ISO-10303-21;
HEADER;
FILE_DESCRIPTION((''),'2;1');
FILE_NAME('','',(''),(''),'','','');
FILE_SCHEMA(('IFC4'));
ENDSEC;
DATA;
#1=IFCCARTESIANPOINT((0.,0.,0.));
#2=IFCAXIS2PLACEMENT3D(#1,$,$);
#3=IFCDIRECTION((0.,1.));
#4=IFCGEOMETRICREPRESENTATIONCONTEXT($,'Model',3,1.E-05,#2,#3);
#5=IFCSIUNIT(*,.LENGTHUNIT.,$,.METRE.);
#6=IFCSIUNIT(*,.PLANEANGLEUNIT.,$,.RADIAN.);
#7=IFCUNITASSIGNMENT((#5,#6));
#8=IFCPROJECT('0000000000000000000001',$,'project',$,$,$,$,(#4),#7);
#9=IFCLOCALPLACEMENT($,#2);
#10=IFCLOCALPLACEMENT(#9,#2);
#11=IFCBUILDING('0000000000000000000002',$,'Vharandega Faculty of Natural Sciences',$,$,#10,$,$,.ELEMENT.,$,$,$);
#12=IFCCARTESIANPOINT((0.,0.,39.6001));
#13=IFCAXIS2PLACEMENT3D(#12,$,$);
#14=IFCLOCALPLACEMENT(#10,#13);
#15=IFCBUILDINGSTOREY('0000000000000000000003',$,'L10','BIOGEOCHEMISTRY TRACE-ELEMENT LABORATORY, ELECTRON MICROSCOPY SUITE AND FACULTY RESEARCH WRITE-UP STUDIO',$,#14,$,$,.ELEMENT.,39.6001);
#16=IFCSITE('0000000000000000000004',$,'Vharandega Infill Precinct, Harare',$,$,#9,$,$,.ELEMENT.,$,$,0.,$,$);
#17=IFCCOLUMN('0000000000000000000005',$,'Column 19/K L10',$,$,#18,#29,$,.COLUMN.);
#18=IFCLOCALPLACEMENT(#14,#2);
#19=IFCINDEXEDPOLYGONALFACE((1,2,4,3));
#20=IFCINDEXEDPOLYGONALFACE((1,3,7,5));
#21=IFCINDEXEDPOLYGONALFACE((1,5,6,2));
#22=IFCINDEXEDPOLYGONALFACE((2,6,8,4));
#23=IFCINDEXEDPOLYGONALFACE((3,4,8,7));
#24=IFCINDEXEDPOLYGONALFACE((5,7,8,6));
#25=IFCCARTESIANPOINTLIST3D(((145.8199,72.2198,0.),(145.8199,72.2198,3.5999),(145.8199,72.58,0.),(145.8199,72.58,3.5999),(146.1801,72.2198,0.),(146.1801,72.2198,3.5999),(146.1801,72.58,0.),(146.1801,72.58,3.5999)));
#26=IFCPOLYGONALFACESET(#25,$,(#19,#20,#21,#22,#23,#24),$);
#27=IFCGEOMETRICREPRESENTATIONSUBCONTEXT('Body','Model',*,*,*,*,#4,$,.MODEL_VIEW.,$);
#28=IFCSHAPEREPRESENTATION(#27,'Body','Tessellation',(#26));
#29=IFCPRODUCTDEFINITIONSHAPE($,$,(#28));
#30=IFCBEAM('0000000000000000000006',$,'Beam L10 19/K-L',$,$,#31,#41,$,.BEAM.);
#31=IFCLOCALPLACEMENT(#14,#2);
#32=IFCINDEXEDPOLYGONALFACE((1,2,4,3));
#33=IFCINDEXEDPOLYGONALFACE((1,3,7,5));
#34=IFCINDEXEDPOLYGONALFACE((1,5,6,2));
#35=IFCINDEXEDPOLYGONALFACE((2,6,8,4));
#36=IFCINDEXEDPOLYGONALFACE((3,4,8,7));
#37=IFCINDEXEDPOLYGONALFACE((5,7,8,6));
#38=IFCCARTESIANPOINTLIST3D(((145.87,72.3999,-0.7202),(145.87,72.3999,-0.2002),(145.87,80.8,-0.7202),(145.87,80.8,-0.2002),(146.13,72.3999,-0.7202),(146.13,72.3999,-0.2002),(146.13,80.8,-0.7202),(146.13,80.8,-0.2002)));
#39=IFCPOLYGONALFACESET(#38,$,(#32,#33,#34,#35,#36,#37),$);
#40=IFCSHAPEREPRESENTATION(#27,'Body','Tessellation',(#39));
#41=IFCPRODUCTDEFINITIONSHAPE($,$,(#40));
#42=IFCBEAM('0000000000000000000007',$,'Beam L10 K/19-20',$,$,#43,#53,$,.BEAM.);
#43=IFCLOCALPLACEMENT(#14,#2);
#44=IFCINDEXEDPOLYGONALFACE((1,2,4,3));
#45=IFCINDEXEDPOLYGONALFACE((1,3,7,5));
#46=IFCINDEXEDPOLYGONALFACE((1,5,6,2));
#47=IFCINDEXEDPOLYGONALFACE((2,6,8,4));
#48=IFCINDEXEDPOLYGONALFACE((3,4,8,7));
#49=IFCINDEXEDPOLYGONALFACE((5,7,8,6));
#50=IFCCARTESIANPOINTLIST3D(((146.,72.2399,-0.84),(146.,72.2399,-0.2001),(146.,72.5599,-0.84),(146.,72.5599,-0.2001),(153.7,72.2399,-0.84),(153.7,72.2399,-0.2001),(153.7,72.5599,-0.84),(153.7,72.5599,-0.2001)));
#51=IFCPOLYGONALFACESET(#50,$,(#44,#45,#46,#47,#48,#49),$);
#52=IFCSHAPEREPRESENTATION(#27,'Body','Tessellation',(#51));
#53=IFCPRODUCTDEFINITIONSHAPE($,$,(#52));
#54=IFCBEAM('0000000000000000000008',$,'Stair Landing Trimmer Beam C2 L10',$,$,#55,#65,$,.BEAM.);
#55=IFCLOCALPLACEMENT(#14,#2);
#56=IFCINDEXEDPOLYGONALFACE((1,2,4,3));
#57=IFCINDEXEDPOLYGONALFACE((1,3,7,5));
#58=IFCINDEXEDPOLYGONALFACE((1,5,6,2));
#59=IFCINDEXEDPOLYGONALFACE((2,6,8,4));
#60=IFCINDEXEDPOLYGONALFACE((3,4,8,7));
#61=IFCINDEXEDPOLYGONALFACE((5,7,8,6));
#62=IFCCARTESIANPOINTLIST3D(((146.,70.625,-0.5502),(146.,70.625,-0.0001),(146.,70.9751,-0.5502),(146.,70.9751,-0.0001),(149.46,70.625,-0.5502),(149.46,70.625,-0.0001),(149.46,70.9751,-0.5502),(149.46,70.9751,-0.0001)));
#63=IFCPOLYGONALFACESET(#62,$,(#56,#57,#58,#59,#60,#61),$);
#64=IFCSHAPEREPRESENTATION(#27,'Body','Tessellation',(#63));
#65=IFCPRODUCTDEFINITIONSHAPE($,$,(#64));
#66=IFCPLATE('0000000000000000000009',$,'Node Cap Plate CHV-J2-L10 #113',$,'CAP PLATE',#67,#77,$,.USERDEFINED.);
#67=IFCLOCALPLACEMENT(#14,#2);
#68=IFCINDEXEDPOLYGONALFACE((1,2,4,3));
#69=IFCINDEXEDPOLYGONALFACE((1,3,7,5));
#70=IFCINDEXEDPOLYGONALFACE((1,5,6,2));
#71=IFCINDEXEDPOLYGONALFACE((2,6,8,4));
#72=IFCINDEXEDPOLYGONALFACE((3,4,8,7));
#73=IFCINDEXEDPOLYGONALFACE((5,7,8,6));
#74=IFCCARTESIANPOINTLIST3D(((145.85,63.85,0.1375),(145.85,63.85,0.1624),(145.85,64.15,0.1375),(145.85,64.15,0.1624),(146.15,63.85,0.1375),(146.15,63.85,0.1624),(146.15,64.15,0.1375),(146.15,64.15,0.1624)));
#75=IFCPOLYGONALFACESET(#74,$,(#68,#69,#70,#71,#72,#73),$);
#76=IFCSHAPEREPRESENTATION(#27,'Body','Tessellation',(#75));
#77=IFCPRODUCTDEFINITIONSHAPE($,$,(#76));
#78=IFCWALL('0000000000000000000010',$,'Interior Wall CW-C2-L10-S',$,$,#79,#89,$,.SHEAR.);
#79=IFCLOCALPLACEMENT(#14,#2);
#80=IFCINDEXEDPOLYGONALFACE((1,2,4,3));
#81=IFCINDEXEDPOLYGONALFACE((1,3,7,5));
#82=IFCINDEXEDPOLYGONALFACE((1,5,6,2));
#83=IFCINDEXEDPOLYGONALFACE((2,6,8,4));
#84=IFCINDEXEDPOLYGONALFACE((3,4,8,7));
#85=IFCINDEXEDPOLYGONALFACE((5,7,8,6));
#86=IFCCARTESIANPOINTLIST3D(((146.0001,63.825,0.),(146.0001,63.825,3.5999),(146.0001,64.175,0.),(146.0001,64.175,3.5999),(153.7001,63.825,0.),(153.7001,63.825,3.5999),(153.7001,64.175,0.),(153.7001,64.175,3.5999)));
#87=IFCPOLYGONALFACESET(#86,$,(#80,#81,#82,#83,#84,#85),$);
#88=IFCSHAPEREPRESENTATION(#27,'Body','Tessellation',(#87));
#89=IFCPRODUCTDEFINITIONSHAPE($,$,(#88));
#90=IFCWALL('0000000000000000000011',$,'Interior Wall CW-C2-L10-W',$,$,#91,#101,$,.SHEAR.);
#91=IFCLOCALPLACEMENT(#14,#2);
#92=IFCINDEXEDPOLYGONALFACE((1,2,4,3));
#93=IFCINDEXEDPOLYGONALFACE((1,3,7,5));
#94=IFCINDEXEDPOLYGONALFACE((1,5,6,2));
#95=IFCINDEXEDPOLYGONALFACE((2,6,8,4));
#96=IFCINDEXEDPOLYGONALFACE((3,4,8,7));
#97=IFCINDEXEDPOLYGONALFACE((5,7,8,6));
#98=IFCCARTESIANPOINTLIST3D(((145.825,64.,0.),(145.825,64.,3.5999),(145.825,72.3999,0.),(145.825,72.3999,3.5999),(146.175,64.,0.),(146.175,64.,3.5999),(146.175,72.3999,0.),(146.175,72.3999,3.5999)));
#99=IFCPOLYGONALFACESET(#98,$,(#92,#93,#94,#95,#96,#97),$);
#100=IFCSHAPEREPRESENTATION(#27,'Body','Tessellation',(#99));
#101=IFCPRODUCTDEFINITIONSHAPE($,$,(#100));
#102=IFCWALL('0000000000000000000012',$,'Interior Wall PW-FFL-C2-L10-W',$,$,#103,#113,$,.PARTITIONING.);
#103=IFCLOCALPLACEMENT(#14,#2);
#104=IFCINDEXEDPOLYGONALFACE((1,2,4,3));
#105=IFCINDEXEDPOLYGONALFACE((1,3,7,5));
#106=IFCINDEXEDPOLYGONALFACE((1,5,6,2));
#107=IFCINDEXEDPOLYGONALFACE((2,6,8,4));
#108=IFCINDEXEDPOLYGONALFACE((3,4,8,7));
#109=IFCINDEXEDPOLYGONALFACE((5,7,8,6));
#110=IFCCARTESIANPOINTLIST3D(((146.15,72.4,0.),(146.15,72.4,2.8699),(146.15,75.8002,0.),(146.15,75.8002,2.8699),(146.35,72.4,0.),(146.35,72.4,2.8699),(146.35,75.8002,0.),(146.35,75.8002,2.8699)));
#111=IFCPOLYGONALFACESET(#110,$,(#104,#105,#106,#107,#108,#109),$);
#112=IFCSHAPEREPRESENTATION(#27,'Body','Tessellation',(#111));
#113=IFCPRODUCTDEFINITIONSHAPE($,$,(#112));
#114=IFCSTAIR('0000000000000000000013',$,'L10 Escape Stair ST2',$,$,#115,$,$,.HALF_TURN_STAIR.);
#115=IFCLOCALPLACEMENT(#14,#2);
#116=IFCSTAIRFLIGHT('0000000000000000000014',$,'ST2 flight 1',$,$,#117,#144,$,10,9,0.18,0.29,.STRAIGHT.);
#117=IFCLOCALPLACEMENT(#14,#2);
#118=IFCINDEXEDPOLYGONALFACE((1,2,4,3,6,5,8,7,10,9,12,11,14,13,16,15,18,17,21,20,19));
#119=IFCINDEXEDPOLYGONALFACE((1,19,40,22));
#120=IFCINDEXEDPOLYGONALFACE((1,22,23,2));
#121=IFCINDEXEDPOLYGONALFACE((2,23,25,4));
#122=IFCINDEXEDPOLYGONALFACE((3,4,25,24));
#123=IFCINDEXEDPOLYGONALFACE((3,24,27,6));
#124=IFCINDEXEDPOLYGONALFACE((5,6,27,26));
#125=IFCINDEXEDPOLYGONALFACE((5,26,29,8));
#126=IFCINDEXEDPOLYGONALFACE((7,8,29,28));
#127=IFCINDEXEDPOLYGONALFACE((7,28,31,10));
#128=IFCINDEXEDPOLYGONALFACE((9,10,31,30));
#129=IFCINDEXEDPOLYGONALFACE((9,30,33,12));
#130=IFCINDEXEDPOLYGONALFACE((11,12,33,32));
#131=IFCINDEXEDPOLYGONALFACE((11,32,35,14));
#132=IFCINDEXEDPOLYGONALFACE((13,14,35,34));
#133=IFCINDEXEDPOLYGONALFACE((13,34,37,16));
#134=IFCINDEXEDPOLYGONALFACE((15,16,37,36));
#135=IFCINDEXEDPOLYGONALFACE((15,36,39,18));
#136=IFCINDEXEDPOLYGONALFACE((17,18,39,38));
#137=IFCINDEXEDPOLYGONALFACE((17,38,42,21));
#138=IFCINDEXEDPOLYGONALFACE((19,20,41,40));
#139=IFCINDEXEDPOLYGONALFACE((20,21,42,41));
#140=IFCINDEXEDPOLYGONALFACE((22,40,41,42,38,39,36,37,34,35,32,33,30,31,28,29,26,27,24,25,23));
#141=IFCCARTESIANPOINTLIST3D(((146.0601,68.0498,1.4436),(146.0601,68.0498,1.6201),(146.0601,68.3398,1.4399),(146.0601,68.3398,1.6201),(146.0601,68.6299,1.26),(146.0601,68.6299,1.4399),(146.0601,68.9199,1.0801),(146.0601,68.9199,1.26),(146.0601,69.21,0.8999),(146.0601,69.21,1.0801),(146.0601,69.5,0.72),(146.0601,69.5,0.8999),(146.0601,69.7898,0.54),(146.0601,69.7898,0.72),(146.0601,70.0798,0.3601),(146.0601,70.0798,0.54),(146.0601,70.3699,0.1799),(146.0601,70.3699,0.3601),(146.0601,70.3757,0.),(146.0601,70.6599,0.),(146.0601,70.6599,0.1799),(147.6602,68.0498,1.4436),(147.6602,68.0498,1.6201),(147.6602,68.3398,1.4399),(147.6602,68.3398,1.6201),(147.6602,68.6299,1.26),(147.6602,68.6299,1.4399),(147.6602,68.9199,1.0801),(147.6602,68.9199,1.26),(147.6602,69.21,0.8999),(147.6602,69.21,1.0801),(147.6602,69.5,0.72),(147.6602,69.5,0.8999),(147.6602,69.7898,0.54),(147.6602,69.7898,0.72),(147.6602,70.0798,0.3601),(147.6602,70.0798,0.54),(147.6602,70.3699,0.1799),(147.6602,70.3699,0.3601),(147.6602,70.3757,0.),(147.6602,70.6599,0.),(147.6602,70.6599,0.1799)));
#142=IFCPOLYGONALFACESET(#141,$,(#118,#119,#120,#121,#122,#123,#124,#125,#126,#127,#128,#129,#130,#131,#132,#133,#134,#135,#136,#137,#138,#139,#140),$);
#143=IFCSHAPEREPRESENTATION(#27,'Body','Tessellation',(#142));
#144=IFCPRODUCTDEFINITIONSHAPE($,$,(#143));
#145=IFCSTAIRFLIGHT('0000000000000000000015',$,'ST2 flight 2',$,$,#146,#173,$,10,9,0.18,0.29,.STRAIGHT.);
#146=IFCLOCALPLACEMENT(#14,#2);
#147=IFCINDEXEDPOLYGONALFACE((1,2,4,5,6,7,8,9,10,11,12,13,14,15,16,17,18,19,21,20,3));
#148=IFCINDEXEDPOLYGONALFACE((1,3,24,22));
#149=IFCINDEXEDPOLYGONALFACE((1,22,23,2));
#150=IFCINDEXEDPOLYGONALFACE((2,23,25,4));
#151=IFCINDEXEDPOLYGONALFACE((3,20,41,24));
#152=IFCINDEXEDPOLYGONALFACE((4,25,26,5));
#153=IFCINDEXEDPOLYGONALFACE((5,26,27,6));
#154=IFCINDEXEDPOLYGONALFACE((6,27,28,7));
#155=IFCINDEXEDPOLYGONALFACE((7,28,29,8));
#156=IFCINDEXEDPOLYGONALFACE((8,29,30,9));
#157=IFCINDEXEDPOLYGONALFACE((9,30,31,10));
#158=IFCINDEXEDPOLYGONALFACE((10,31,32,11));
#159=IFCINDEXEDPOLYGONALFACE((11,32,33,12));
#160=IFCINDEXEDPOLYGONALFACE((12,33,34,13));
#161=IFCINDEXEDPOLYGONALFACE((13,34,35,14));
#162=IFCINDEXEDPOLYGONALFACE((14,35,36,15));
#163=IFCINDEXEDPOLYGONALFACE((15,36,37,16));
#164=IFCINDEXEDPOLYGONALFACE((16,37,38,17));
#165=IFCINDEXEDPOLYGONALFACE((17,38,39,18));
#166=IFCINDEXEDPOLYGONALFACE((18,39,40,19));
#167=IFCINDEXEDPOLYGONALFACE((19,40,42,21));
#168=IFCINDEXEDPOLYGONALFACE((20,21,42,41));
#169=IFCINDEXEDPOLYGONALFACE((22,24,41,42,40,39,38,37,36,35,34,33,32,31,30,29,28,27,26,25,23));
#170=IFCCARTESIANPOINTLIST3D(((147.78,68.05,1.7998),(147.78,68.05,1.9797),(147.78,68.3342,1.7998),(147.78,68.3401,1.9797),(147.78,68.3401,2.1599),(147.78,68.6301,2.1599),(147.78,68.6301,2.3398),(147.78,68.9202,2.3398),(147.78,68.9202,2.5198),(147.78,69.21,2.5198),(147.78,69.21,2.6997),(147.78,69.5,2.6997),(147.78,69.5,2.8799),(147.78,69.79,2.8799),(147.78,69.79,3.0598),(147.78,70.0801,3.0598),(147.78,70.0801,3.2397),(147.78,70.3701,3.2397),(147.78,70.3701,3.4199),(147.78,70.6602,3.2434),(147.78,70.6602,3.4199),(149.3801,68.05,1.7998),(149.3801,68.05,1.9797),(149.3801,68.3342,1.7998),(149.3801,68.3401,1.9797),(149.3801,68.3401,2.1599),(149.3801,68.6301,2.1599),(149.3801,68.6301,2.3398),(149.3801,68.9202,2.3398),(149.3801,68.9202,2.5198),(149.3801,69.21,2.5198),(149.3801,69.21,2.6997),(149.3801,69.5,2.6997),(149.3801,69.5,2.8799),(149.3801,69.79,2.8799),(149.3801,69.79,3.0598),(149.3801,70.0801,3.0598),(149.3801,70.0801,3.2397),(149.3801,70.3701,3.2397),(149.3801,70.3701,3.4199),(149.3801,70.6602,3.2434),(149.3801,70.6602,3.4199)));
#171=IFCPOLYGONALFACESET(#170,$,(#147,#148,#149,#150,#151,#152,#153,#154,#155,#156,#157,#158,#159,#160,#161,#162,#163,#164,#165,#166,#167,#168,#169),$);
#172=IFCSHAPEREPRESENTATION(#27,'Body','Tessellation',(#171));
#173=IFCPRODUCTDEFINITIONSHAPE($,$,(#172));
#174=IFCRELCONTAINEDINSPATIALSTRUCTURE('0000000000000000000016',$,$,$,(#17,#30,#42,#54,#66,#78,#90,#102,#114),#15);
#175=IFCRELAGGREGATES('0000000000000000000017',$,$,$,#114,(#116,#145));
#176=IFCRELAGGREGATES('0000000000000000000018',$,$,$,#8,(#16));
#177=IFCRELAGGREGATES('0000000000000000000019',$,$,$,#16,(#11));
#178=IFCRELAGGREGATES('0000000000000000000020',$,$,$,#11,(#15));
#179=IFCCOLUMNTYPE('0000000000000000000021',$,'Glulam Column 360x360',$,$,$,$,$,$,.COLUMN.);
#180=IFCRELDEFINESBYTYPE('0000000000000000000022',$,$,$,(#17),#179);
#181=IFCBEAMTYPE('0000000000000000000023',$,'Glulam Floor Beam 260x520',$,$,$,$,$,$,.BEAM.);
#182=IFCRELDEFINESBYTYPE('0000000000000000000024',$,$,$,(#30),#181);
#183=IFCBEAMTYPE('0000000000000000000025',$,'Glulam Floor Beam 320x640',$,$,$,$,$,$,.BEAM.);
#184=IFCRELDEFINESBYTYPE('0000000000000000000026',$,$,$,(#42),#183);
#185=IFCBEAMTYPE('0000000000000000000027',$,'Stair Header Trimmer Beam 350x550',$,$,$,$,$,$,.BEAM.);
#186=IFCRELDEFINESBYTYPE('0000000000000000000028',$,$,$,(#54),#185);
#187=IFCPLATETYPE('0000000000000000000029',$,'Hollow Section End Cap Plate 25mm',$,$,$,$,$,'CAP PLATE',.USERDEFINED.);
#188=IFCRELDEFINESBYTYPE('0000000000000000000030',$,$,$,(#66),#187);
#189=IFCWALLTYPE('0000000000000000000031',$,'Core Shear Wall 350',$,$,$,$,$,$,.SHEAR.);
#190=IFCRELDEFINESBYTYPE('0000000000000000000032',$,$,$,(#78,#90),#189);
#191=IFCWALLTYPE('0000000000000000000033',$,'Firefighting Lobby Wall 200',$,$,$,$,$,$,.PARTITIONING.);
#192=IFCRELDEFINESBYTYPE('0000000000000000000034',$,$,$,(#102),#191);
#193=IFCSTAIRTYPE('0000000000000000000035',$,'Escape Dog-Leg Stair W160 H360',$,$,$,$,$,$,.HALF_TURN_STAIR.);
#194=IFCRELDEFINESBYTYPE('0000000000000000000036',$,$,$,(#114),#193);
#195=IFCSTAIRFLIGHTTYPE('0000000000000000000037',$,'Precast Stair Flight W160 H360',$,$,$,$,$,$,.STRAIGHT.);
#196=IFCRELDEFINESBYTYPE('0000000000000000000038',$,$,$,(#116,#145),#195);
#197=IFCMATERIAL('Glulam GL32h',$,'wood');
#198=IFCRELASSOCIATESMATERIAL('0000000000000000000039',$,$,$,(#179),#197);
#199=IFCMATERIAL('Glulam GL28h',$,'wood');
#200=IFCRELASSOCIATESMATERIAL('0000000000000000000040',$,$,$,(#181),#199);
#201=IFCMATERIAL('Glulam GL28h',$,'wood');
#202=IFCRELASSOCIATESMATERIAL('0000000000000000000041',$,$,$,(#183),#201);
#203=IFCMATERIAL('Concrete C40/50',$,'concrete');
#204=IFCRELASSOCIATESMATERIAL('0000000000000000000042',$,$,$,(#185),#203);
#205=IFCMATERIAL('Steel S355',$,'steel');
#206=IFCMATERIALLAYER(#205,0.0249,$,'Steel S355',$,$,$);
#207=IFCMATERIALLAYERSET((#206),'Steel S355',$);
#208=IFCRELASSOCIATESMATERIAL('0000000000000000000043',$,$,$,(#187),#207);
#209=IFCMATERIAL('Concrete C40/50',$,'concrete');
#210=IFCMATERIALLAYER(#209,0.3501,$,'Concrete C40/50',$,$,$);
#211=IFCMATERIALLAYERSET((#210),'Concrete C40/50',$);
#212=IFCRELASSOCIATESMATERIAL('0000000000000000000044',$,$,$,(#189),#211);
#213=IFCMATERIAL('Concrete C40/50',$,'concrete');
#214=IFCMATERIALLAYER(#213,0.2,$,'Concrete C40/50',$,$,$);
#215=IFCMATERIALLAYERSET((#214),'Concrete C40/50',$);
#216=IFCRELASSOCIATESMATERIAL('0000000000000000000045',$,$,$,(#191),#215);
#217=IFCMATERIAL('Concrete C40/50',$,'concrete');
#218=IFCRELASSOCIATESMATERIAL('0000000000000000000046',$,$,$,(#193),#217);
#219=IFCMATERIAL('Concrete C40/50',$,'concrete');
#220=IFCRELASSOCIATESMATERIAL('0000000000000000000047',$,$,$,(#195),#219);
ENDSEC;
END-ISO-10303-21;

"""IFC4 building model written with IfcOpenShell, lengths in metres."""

from ifc_helpers import new_model, si_unit, direction, frame, frame_2d, origin, origin_2d, place, context, subcontext, project, spatial, polyline, rectangle, outline, extrude, material, layer, layer_set, material_profile, profile_set, type_object, element, aggregate, save


model = new_model("IFC4")

# Units and contexts
model_context = context("Model", 3, precision=1e-05, world=origin(), true_north=direction((0.0, 1.0)))
body_context = subcontext(model_context, "Body", "Model", "MODEL_VIEW")
ifc_project = project(units=[si_unit("LENGTHUNIT", "METRE"), si_unit("PLANEANGLEUNIT", "RADIAN")], contexts=[model_context])

# Site, building, storey
site_placement = place(None, origin())
site = spatial("IfcSite", under=ifc_project, at=site_placement, Name="Vharandega Infill Precinct, Harare", CompositionType="ELEMENT", RefElevation=0.0)
building_placement = place(site_placement, origin())
building = spatial("IfcBuilding", under=site, at=building_placement, Name="Vharandega Faculty of Natural Sciences", CompositionType="ELEMENT")
storey_placement = place(building_placement, frame((0.0, 0.0, 39.6001)))
storey = spatial("IfcBuildingStorey", under=building, at=storey_placement, Name="L10", Description="BIOGEOCHEMISTRY TRACE-ELEMENT LABORATORY, ELECTRON MICROSCOPY SUITE AND FACULTY RESEARCH WRITE-UP STUDIO", CompositionType="ELEMENT", Elevation=39.6001)

# Column
ifc_material_1 = material(Name="Glulam GL32h", Category="wood")
ifc_material_profile_1 = material_profile(ifc_material_1, rectangle(XDim=0.3601, YDim=0.3601, at=origin_2d()), Name="GL32h 360x360")
ifc_profile_set_1 = profile_set([ifc_material_profile_1], Name="Glulam GL32h")
column_type = type_object("IfcColumnType", Name="Glulam Column 360x360", PredefinedType="COLUMN", material=ifc_profile_set_1)
column_placement = place(storey_placement, frame((146.0, 72.3999, 0.0), z_axis=(0.0, 0.0, 1.0), x_axis=(1.0, 0.0, 0.0)))
element("IfcColumn", 1, at=column_placement, inside=storey, type_object=column_type, Name="Column 19/K L10", PredefinedType="COLUMN", context=body_context, shape_type="SweptSolid", body=[
    extrude(rectangle(XDim=0.3601, YDim=0.3601, at=origin_2d()), origin(), (0.0, 0.0, 1.0), 3.5999),
])

# Beams
ifc_material_2 = material(Name="Glulam GL28h", Category="wood")
ifc_material_profile_2 = material_profile(ifc_material_2, rectangle(XDim=0.26, YDim=0.52, at=origin_2d()), Name="GL28h 260x520")
ifc_profile_set_2 = profile_set([ifc_material_profile_2], Name="Glulam GL28h")
beam_type_1 = type_object("IfcBeamType", Name="Glulam Floor Beam 260x520", PredefinedType="BEAM", material=ifc_profile_set_2)
beam_1_placement = place(storey_placement, frame((146.0, 72.3999, -0.4602), z_axis=(0.0, 1.0, 0.0), x_axis=(-1.0, 0.0, 0.0)))
element("IfcBeam", 2, at=beam_1_placement, inside=storey, type_object=beam_type_1, Name="Beam L10 19/K-L", PredefinedType="BEAM", context=body_context, shape_type="SweptSolid", body=[
    extrude(rectangle(XDim=0.26, YDim=0.52, at=origin_2d()), origin(), (0.0, 0.0, 1.0), 8.4001),
])
ifc_material_3 = material(Name="Glulam GL28h", Category="wood")
ifc_material_profile_3 = material_profile(ifc_material_3, rectangle(XDim=0.3201, YDim=0.6399, at=origin_2d()), Name="GL28h 320x640")
ifc_profile_set_3 = profile_set([ifc_material_profile_3], Name="Glulam GL28h")
beam_type_2 = type_object("IfcBeamType", Name="Glulam Floor Beam 320x640", PredefinedType="BEAM", material=ifc_profile_set_3)
beam_2_placement = place(storey_placement, frame((146.0, 72.3999, -0.52), z_axis=(1.0, 0.0, 0.0), x_axis=(0.0, 1.0, 0.0)))
element("IfcBeam", 3, at=beam_2_placement, inside=storey, type_object=beam_type_2, Name="Beam L10 K/19-20", PredefinedType="BEAM", context=body_context, shape_type="SweptSolid", body=[
    extrude(rectangle(XDim=0.3201, YDim=0.6399, at=origin_2d()), origin(), (0.0, 0.0, 1.0), 7.7),
])
ifc_material_4 = material(Name="Concrete C40/50", Category="concrete")
ifc_material_profile_4 = material_profile(ifc_material_4, rectangle(XDim=0.3501, YDim=0.55, at=origin_2d()), Name="RC 350x550")
ifc_profile_set_4 = profile_set([ifc_material_profile_4], Name="Concrete C40/50")
beam_type_3 = type_object("IfcBeamType", Name="Stair Header Trimmer Beam 350x550", PredefinedType="BEAM", material=ifc_profile_set_4)
beam_3_placement = place(storey_placement, frame((146.0, 70.8, -0.2751), z_axis=(1.0, 0.0, 0.0), x_axis=(0.0, 1.0, 0.0)))
element("IfcBeam", 4, at=beam_3_placement, inside=storey, type_object=beam_type_3, Name="Stair Landing Trimmer Beam C2 L10", PredefinedType="BEAM", context=body_context, shape_type="SweptSolid", body=[
    extrude(rectangle(XDim=0.3501, YDim=0.55, at=origin_2d()), origin(), (0.0, 0.0, 1.0), 3.46),
])

# Plate
ifc_material_5 = material(Name="Steel S355", Category="steel")
ifc_layer_1 = layer(ifc_material_5, 0.0249, Name="Steel S355")
ifc_layer_set_1 = layer_set([ifc_layer_1], Name="Steel S355")
plate_type = type_object("IfcPlateType", Name="Hollow Section End Cap Plate 25mm", ElementType="CAP PLATE", PredefinedType="USERDEFINED", material=ifc_layer_set_1)
plate_placement = place(storey_placement, frame((146.0, 64.0, 0.1375), z_axis=(0.0, 0.0, 1.0), x_axis=(1.0, 0.0, 0.0)))
element("IfcPlate", 5, at=plate_placement, inside=storey, type_object=plate_type, Name="Node Cap Plate CHV-J2-L10 #113", ObjectType="CAP PLATE", PredefinedType="USERDEFINED", context=body_context, shape_type="SweptSolid", body=[
    extrude(rectangle(XDim=0.3, YDim=0.3, at=origin_2d()), origin(), (0.0, 0.0, 1.0), 0.0249),
])

# Walls
ifc_material_6 = material(Name="Concrete C40/50", Category="concrete")
ifc_layer_2 = layer(ifc_material_6, 0.3501, Name="Concrete C40/50")
ifc_layer_set_2 = layer_set([ifc_layer_2], Name="Concrete C40/50")
wall_type_1 = type_object("IfcWallType", Name="Core Shear Wall 350", PredefinedType="SHEAR", material=ifc_layer_set_2)
wall_1_placement = place(storey_placement, frame((146.0, 64.0, 0.0), z_axis=(0.0, 0.0, 1.0), x_axis=(1.0, 0.0, 0.0)))
element("IfcWall", 6, at=wall_1_placement, inside=storey, type_object=wall_type_1, Name="Interior Wall CW-C2-L10-S", PredefinedType="SHEAR", context=body_context, shape_type="SweptSolid", body=[
    extrude(rectangle(XDim=7.7, YDim=0.3501, at=frame_2d((3.8501, 0.0))), origin(), (0.0, 0.0, 1.0), 3.5999),
])
wall_2_placement = place(storey_placement, frame((146.0, 64.0, 0.0), z_axis=(0.0, 0.0, 1.0), x_axis=(0.0, 1.0, 0.0)))
element("IfcWall", 7, at=wall_2_placement, inside=storey, type_object=wall_type_1, Name="Interior Wall CW-C2-L10-W", PredefinedType="SHEAR", context=body_context, shape_type="SweptSolid", body=[
    extrude(rectangle(XDim=8.3999, YDim=0.3501, at=frame_2d((4.2, 0.0))), origin(), (0.0, 0.0, 1.0), 3.5999),
])

# Wall
ifc_material_7 = material(Name="Concrete C40/50", Category="concrete")
ifc_layer_3 = layer(ifc_material_7, 0.2, Name="Concrete C40/50")
ifc_layer_set_3 = layer_set([ifc_layer_3], Name="Concrete C40/50")
wall_type_2 = type_object("IfcWallType", Name="Firefighting Lobby Wall 200", PredefinedType="PARTITIONING", material=ifc_layer_set_3)
wall_3_placement = place(storey_placement, frame((146.25, 72.3999, 0.0), z_axis=(0.0, 0.0, 1.0), x_axis=(0.0, 1.0, 0.0)))
element("IfcWall", 8, at=wall_3_placement, inside=storey, type_object=wall_type_2, Name="Interior Wall PW-FFL-C2-L10-W", PredefinedType="PARTITIONING", context=body_context, shape_type="SweptSolid", body=[
    extrude(rectangle(XDim=3.4001, YDim=0.2, at=frame_2d((1.7002, 0.0))), origin(), (0.0, 0.0, 1.0), 2.8699),
])

# Stair, stair flights
ifc_material_8 = material(Name="Concrete C40/50", Category="concrete")
stair_type = type_object("IfcStairType", Name="Escape Dog-Leg Stair W160 H360", PredefinedType="HALF_TURN_STAIR", material=ifc_material_8)
stair_placement = place(storey_placement, origin())
stair = element("IfcStair", 9, at=stair_placement, inside=storey, type_object=stair_type, Name="L10 Escape Stair ST2", PredefinedType="HALF_TURN_STAIR")
ifc_material_9 = material(Name="Concrete C40/50", Category="concrete")
stair_flight_type = type_object("IfcStairFlightType", Name="Precast Stair Flight W160 H360", PredefinedType="STRAIGHT", material=ifc_material_9)
stair_flight_1_placement = place(storey_placement, frame((146.8601, 70.6599, 0.0), z_axis=(0.0, 0.0, 1.0), x_axis=(0.0, -1.0, 0.0)))
stair_flight_1 = element("IfcStairFlight", 10, at=stair_flight_1_placement, type_object=stair_flight_type, Name="ST2 flight 1", NumberOfRisers=10, NumberOfTreads=9, PredefinedType="STRAIGHT", RiserHeight=0.18, TreadLength=0.29, context=body_context, shape_type="SweptSolid", body=[
    extrude(outline(polyline([(0.0, 0.0), (0.0, 0.1799), (0.29, 0.1799), (0.29, 0.3601), (0.5801, 0.3601), (0.5801, 0.54), (0.8701, 0.54), (0.8701, 0.72), (1.1599, 0.72), (1.1599, 0.8999), (1.45, 0.8999), (1.45, 1.0801), (1.74, 1.0801), (1.74, 1.26), (2.03, 1.26), (2.03, 1.4399), (2.3201, 1.4399), (2.3201, 1.6201), (2.6101, 1.6201), (2.6101, 1.8), (2.6101, 1.4436), (0.2842, 0.0), (0.0, 0.0)])), frame((0.0, 0.8, 0.0), z_axis=(0.0, -1.0, 0.0), x_axis=(1.0, 0.0, 0.0)), (0.0, 0.0, 1.0), 1.6001),
])
stair_flight_2_placement = place(storey_placement, frame((148.5801, 68.05, 1.7998), z_axis=(0.0, 0.0, 1.0), x_axis=(0.0, 1.0, 0.0)))
stair_flight_2 = element("IfcStairFlight", 11, at=stair_flight_2_placement, type_object=stair_flight_type, Name="ST2 flight 2", NumberOfRisers=10, NumberOfTreads=9, PredefinedType="STRAIGHT", RiserHeight=0.18, TreadLength=0.29, context=body_context, shape_type="SweptSolid", body=[
    extrude(outline(polyline([(0.0, 0.0), (0.0, 0.1799), (0.29, 0.1799), (0.29, 0.3601), (0.5801, 0.3601), (0.5801, 0.54), (0.8701, 0.54), (0.8701, 0.72), (1.1599, 0.72), (1.1599, 0.8999), (1.45, 0.8999), (1.45, 1.0801), (1.74, 1.0801), (1.74, 1.26), (2.03, 1.26), (2.03, 1.4399), (2.3201, 1.4399), (2.3201, 1.6201), (2.6101, 1.6201), (2.6101, 1.8), (2.6101, 1.4436), (0.2842, 0.0), (0.0, 0.0)])), frame((0.0, 0.8, 0.0), z_axis=(0.0, -1.0, 0.0), x_axis=(1.0, 0.0, 0.0)), (0.0, 0.0, 1.0), 1.6001),
])
aggregate(stair, [stair_flight_1, stair_flight_2])

save(model, "model.ifc")
